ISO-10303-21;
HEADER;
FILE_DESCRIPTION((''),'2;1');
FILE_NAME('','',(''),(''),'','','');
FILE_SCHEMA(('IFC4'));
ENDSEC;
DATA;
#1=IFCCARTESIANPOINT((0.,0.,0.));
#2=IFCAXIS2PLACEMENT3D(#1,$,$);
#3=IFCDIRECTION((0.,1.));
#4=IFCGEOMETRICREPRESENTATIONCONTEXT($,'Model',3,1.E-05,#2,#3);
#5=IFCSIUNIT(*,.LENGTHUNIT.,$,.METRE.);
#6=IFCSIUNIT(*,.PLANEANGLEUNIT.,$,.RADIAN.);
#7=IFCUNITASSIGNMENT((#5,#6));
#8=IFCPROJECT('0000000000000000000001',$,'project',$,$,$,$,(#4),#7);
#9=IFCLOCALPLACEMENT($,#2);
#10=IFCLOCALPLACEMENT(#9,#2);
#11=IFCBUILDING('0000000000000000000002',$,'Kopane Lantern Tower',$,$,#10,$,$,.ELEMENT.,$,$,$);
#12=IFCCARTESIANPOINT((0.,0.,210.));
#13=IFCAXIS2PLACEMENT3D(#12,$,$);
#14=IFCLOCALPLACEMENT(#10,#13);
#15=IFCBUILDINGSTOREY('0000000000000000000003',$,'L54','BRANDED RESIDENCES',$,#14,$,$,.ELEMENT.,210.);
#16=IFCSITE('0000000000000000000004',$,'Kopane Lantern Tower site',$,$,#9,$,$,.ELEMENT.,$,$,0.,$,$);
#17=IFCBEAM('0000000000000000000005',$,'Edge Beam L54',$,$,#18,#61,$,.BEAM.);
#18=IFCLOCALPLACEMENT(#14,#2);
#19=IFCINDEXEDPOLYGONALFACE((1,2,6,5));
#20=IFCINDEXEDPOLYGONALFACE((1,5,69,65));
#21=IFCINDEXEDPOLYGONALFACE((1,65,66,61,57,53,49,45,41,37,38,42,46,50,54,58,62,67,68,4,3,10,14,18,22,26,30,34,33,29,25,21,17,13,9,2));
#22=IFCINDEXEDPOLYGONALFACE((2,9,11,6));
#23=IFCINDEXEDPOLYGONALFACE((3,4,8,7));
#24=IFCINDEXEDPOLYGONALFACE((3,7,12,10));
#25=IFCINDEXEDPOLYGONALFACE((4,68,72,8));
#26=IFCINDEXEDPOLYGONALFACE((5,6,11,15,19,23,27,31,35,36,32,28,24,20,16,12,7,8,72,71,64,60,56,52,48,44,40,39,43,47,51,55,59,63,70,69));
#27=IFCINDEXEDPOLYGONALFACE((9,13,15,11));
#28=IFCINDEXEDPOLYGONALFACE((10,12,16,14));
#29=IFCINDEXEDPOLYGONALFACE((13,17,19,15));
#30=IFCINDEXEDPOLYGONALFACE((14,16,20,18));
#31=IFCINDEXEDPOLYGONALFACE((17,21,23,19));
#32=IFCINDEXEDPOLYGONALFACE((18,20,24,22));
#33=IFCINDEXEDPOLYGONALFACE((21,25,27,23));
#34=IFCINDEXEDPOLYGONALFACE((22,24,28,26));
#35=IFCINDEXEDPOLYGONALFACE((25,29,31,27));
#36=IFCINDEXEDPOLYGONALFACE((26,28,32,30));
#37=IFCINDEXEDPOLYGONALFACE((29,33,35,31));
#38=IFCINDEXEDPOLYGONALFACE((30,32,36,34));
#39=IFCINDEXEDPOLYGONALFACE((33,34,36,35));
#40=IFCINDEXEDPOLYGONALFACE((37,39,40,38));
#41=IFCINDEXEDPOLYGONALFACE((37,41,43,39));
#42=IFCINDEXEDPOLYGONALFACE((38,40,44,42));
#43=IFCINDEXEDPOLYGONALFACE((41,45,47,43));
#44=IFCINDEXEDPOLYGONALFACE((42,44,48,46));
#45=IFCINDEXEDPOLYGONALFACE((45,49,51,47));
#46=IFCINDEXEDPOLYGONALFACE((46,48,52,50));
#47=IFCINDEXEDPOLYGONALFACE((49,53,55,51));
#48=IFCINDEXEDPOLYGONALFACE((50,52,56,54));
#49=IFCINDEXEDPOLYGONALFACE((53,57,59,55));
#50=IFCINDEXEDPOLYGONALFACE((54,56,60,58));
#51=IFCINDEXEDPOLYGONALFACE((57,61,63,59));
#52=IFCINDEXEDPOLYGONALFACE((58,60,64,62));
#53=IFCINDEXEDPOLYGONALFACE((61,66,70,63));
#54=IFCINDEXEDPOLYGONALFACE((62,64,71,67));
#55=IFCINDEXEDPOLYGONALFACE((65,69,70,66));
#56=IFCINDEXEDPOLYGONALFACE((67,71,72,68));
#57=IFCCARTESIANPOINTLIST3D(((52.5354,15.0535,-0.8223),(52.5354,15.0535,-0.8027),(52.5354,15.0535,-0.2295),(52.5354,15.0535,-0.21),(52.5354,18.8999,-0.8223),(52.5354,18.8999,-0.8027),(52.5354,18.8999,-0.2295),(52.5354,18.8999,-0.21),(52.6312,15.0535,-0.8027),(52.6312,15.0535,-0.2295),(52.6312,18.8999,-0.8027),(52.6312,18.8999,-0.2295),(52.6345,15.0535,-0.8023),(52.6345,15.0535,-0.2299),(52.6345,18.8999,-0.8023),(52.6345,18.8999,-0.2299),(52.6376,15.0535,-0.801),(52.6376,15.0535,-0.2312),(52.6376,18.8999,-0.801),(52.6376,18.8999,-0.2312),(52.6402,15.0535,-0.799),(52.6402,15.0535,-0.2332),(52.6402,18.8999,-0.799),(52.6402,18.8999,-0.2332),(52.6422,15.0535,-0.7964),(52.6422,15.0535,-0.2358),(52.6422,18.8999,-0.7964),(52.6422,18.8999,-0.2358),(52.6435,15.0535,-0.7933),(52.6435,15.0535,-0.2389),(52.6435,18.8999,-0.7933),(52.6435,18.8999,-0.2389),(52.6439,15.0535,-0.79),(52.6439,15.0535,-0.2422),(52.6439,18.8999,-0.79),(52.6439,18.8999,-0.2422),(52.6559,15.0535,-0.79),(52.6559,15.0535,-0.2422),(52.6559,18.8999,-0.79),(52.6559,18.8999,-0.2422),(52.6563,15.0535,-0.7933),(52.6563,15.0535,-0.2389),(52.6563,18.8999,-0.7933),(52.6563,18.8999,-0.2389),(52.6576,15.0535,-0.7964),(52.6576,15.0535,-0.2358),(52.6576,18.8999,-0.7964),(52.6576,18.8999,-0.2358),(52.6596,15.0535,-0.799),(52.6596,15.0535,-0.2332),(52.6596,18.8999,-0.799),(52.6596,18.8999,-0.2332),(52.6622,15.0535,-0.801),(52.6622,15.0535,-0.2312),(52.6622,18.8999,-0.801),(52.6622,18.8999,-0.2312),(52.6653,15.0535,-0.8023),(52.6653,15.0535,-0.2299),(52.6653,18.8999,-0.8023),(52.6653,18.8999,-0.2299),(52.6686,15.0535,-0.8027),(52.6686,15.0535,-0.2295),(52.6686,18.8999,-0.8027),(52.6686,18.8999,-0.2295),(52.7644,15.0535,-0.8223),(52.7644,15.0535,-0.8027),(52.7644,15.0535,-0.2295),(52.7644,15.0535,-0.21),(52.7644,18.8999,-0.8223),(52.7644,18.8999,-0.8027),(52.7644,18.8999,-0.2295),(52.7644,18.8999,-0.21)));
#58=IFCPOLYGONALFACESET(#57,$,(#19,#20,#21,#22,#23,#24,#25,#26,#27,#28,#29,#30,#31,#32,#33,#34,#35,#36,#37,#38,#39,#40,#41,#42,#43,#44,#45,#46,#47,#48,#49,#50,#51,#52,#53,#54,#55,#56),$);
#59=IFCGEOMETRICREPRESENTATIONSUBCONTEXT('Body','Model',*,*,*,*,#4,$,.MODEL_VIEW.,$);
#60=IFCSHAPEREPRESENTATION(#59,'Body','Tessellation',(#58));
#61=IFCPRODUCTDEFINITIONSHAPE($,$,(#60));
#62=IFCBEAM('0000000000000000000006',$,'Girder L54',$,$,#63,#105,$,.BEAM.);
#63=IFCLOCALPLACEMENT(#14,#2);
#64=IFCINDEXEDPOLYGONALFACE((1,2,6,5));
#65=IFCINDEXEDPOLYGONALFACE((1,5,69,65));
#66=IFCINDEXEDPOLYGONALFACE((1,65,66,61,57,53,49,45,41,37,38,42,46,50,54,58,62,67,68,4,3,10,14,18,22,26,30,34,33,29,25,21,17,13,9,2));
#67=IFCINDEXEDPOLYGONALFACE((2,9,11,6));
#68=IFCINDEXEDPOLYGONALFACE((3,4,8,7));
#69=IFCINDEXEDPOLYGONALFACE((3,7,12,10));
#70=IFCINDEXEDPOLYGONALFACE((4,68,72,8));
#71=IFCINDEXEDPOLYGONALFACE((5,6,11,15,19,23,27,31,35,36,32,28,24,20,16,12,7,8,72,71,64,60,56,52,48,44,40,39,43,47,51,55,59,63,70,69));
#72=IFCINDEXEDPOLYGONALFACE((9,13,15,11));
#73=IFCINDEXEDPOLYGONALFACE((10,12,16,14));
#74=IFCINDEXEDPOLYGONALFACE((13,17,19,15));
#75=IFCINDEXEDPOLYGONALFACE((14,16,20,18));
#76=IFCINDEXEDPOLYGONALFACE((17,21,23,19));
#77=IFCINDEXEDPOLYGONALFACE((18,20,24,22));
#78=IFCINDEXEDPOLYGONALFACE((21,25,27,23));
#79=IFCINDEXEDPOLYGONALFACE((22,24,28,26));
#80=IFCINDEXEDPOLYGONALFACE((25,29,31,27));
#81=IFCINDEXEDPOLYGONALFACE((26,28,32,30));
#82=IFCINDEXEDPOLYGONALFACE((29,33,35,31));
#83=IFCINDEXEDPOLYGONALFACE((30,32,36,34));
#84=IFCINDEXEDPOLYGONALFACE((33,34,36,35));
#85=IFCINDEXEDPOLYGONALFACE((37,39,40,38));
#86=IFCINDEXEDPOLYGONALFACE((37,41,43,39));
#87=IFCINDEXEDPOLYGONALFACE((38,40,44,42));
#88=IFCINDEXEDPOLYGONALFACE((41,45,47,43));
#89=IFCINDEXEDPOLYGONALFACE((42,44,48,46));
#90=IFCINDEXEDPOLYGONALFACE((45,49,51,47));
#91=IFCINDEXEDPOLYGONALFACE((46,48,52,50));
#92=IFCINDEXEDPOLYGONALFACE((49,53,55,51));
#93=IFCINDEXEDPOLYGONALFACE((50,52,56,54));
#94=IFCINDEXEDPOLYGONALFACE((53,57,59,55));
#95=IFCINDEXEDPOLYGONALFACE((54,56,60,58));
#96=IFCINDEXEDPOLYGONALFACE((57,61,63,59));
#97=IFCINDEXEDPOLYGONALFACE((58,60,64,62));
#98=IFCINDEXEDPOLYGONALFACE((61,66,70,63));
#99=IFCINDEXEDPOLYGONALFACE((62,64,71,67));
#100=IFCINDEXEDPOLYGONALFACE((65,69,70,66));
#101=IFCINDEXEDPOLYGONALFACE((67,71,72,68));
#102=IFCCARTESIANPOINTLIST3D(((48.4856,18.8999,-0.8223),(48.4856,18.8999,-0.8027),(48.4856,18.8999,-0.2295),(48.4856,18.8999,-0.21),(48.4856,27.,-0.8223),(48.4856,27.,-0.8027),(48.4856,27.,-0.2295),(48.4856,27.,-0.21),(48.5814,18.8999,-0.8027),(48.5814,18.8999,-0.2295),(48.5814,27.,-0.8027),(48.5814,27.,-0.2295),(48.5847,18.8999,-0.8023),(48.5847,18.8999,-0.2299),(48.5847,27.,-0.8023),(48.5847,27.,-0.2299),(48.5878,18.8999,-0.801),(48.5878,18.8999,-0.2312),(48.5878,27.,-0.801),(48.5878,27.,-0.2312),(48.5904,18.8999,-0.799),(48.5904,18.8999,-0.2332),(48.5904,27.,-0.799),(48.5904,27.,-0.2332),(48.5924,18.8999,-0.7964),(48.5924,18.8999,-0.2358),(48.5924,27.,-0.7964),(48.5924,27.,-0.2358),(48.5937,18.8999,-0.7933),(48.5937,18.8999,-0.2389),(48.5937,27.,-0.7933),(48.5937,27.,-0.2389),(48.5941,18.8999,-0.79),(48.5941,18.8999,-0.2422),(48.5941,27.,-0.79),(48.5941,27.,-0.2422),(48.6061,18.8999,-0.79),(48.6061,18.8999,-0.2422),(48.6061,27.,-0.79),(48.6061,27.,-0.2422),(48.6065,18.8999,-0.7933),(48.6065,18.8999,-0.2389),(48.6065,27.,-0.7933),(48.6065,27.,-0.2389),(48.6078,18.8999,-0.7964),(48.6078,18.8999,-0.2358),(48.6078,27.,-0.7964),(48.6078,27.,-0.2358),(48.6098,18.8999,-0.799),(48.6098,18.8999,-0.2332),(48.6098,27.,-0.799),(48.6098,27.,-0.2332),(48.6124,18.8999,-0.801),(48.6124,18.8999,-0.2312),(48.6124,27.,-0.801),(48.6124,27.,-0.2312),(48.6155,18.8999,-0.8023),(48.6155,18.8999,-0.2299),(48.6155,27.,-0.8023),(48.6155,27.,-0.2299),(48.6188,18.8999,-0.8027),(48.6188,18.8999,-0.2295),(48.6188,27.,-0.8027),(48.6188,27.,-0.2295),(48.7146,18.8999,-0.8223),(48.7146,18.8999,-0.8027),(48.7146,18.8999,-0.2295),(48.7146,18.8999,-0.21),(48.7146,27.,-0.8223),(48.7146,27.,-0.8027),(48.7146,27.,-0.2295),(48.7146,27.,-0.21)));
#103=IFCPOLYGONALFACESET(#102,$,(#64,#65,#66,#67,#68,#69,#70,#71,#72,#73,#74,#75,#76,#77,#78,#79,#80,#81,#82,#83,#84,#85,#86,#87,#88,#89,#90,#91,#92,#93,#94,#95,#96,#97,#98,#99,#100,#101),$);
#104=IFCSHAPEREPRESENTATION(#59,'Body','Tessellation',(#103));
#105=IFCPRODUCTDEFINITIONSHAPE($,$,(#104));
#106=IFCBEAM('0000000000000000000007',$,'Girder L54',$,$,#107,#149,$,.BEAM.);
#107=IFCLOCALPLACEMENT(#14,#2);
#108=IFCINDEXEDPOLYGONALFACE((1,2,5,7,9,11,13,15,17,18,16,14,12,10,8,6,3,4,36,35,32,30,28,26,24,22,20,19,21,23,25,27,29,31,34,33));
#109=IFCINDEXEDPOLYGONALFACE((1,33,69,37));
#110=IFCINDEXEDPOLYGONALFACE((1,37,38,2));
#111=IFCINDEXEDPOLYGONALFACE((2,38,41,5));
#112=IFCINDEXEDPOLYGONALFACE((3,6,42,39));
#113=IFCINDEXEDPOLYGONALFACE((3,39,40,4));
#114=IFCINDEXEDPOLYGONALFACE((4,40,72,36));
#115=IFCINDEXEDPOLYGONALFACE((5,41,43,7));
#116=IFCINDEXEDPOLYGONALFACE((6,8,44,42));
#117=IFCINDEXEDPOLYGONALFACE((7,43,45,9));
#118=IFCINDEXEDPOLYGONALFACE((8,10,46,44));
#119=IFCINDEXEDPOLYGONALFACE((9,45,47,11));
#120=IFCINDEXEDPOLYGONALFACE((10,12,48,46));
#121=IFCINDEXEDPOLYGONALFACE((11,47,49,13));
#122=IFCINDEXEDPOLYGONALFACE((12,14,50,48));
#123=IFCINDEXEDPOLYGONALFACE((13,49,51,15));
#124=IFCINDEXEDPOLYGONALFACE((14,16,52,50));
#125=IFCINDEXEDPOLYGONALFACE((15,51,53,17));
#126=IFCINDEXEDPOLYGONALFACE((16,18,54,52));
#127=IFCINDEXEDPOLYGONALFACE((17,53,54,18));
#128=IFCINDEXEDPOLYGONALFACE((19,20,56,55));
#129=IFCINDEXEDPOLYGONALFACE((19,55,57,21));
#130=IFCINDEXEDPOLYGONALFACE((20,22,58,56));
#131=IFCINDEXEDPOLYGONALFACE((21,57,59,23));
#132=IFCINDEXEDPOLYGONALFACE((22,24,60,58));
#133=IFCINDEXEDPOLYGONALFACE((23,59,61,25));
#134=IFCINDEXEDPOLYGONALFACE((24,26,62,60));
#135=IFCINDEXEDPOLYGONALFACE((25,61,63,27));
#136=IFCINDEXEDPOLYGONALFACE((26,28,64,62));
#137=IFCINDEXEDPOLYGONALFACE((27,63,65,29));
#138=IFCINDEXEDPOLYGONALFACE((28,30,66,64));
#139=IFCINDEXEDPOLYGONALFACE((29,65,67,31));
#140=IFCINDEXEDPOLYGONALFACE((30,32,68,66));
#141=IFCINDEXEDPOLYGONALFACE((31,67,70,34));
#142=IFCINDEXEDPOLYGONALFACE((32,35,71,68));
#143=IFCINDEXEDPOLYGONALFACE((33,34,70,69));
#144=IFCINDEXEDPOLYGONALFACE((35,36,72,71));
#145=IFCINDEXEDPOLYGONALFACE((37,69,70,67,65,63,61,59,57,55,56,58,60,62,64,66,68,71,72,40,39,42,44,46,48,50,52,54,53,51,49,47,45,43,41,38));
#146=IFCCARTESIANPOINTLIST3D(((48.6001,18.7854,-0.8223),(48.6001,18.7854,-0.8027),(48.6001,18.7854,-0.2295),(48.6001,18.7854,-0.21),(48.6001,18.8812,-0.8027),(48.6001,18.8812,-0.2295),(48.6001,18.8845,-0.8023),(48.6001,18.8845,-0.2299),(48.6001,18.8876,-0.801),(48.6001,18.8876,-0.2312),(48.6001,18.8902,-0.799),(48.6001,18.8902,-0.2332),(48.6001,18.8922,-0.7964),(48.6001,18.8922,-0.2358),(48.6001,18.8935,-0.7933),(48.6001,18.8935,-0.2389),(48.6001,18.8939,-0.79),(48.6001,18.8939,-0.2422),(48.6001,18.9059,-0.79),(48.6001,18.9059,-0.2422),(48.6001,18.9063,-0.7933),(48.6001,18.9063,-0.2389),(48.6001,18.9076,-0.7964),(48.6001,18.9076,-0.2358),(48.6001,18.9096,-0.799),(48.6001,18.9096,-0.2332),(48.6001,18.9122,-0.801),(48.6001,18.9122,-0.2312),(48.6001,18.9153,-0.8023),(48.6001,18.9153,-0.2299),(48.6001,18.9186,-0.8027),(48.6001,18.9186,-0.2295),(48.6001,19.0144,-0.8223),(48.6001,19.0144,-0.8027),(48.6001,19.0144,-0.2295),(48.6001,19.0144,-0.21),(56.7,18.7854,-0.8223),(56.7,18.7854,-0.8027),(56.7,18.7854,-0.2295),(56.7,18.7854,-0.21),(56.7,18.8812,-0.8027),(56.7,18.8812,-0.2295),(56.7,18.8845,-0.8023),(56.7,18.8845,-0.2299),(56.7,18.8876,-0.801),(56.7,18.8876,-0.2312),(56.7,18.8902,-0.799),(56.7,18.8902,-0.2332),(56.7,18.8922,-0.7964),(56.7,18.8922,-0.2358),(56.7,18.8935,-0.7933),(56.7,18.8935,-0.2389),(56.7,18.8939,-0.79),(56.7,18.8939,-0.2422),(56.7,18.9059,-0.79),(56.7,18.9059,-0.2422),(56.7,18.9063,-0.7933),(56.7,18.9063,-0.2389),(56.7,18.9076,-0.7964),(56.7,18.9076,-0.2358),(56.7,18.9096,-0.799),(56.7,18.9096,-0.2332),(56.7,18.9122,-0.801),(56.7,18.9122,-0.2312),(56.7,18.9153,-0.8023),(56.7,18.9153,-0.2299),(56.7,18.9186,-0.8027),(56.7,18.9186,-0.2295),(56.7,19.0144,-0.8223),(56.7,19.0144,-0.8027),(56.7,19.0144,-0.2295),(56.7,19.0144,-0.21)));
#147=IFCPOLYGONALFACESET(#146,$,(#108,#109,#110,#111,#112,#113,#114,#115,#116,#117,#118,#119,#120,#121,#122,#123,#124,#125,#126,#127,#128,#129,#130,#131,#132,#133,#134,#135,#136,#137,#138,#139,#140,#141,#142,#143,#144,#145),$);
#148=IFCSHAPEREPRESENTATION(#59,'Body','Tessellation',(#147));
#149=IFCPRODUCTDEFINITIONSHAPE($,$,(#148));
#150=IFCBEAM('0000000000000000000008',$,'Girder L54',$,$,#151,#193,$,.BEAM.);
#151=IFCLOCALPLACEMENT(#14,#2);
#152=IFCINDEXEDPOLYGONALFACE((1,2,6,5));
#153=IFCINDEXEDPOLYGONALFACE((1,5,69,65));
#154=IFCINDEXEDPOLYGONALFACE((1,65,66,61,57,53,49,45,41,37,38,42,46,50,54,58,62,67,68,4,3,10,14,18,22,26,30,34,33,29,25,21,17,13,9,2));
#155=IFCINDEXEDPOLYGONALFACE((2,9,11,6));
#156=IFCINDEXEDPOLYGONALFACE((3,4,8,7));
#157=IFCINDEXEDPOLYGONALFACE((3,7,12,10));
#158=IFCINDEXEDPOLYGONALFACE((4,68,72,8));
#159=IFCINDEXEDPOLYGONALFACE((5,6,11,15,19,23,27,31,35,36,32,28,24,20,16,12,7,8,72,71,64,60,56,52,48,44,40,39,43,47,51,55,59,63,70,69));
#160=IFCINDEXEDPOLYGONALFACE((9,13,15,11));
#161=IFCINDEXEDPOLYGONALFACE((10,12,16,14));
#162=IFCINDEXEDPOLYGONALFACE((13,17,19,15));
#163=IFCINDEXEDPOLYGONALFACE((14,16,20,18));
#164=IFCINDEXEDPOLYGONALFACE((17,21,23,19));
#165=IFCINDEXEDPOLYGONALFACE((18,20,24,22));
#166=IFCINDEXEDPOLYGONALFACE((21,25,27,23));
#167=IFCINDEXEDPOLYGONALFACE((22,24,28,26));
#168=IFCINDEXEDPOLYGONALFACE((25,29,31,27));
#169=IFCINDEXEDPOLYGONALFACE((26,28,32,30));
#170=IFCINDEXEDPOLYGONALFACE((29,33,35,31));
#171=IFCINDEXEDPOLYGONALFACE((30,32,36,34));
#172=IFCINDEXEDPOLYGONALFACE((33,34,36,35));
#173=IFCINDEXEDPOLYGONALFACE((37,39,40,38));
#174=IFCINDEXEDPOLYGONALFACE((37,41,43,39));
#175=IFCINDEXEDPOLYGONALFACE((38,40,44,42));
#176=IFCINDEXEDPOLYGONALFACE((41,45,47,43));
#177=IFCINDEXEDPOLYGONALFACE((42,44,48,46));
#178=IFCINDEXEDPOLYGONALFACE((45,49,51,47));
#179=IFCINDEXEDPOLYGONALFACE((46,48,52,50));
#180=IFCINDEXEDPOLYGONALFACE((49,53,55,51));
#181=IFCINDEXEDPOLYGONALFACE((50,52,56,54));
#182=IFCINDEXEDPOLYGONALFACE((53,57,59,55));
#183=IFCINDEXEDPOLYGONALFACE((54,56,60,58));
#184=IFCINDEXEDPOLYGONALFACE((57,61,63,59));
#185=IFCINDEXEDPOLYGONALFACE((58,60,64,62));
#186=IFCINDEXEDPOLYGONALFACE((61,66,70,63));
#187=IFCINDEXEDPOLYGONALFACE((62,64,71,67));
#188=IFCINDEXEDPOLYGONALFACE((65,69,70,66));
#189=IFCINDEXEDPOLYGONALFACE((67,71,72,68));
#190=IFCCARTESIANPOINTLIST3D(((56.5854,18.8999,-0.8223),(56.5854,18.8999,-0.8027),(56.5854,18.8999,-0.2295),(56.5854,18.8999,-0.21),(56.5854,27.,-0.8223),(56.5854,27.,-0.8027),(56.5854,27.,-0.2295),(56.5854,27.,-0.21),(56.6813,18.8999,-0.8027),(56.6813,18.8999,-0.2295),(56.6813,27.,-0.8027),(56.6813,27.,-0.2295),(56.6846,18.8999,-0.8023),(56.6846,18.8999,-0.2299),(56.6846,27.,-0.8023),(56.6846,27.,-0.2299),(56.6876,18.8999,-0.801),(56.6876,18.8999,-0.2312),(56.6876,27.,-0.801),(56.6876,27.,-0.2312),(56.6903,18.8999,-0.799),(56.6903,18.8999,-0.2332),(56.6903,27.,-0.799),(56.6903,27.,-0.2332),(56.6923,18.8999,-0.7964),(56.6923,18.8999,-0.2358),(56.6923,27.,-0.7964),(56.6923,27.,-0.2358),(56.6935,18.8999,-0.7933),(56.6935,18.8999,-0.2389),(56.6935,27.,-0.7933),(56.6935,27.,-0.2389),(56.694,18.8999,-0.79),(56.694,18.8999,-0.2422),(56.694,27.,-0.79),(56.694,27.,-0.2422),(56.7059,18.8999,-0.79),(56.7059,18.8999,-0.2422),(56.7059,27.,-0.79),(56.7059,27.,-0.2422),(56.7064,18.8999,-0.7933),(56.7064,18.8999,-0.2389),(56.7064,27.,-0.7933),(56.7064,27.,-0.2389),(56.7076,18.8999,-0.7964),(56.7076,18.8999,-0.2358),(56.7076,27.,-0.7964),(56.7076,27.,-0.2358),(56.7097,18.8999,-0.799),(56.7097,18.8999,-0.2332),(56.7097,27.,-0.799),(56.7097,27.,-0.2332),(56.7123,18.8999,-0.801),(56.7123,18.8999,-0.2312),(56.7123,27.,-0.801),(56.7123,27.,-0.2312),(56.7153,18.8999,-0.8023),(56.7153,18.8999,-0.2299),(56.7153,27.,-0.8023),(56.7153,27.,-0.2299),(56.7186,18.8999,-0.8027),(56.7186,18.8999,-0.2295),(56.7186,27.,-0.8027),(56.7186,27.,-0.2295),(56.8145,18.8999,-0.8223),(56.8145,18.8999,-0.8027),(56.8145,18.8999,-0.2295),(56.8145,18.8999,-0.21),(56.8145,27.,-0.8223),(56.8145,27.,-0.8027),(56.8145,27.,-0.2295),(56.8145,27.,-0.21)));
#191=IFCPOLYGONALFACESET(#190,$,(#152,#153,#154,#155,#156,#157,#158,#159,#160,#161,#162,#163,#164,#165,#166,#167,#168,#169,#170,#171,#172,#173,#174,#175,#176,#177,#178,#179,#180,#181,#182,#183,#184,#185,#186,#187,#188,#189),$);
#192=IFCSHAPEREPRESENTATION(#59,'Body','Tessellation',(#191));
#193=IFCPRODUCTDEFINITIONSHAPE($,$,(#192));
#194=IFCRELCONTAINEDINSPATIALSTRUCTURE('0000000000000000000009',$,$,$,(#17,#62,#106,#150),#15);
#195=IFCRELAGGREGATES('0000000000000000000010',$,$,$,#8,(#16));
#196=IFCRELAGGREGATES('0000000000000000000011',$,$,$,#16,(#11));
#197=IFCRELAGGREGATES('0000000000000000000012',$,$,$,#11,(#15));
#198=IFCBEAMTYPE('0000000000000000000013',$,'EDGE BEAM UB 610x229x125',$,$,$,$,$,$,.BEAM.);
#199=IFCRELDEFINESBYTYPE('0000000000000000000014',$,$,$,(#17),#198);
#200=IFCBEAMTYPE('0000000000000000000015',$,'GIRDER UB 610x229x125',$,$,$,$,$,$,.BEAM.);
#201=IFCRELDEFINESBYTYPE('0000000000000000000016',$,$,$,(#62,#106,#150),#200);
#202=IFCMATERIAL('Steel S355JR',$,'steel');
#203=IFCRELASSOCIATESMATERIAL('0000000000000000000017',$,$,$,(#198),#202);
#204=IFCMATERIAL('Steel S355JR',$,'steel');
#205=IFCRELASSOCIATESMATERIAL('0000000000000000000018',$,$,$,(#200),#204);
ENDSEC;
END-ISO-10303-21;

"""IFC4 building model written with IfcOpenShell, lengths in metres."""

from ifc_helpers import new_model, si_unit, direction, frame, origin, origin_2d, place, context, subcontext, project, spatial, i_section, extrude, material, material_profile, profile_set, type_object, element, save


model = new_model("IFC4")

# Units and contexts
model_context = context("Model", 3, precision=1e-05, world=origin(), true_north=direction((0.0, 1.0)))
body_context = subcontext(model_context, "Body", "Model", "MODEL_VIEW")
ifc_project = project(units=[si_unit("LENGTHUNIT", "METRE"), si_unit("PLANEANGLEUNIT", "RADIAN")], contexts=[model_context])

# Site, building, storey
site_placement = place(None, origin())
site = spatial("IfcSite", under=ifc_project, at=site_placement, Name="Kopane Lantern Tower site", CompositionType="ELEMENT", RefElevation=0.0)
building_placement = place(site_placement, origin())
building = spatial("IfcBuilding", under=site, at=building_placement, Name="Kopane Lantern Tower", CompositionType="ELEMENT")
storey_placement = place(building_placement, frame((0.0, 0.0, 210.0)))
storey = spatial("IfcBuildingStorey", under=building, at=storey_placement, Name="L54", Description="BRANDED RESIDENCES", CompositionType="ELEMENT", Elevation=210.0)

# Beams
ifc_material_1 = material(Name="Steel S355JR", Category="steel")
ifc_material_profile_1 = material_profile(ifc_material_1, i_section(OverallWidth=0.229, OverallDepth=0.6123, WebThickness=0.012, FlangeThickness=0.0195, FilletRadius=0.0127, at=origin_2d()), Name="UB 610x229x125")
ifc_profile_set_1 = profile_set([ifc_material_profile_1], Name="Steel S355JR")
beam_type_1 = type_object("IfcBeamType", Name="EDGE BEAM UB 610x229x125", PredefinedType="BEAM", material=ifc_profile_set_1)
for number, where, z_axis, x_axis, name in (
    (1, (52.6499, 15.0535, -0.5161), (0.0, 1.0, 0.0), (-1.0, 0.0, 0.0), "Edge Beam L54"),
):
    element("IfcBeam", number, at=place(storey_placement, frame(where, z_axis=z_axis, x_axis=x_axis)), inside=storey, type_object=beam_type_1, Name=name, PredefinedType="BEAM", context=body_context, shape_type="SweptSolid", body=[
        extrude(i_section(OverallWidth=0.229, OverallDepth=0.6123, WebThickness=0.012, FlangeThickness=0.0195, FilletRadius=0.0127, at=origin_2d()), origin(), (0.0, 0.0, 1.0), 3.8464),
    ])
ifc_material_2 = material(Name="Steel S355JR", Category="steel")
ifc_material_profile_2 = material_profile(ifc_material_2, i_section(OverallWidth=0.229, OverallDepth=0.6123, WebThickness=0.012, FlangeThickness=0.0195, FilletRadius=0.0127, at=origin_2d()), Name="UB 610x229x125")
ifc_profile_set_2 = profile_set([ifc_material_profile_2], Name="Steel S355JR")
beam_type_2 = type_object("IfcBeamType", Name="GIRDER UB 610x229x125", PredefinedType="BEAM", material=ifc_profile_set_2)
beam_1_placement = place(storey_placement, frame((48.6001, 18.8999, -0.5161), z_axis=(0.0, 1.0, 0.0), x_axis=(-1.0, 0.0, 0.0)))
element("IfcBeam", 2, at=beam_1_placement, inside=storey, type_object=beam_type_2, Name="Girder L54", PredefinedType="BEAM", context=body_context, shape_type="SweptSolid", body=[
    extrude(i_section(OverallWidth=0.229, OverallDepth=0.6123, WebThickness=0.012, FlangeThickness=0.0195, FilletRadius=0.0127, at=origin_2d()), origin(), (0.0, 0.0, 1.0), 8.1001),
])
beam_2_placement = place(storey_placement, frame((48.6001, 18.8999, -0.5161), z_axis=(1.0, 0.0, 0.0), x_axis=(0.0, 1.0, 0.0)))
element("IfcBeam", 3, at=beam_2_placement, inside=storey, type_object=beam_type_2, Name="Girder L54", PredefinedType="BEAM", context=body_context, shape_type="SweptSolid", body=[
    extrude(i_section(OverallWidth=0.229, OverallDepth=0.6123, WebThickness=0.012, FlangeThickness=0.0195, FilletRadius=0.0127, at=origin_2d()), origin(), (0.0, 0.0, 1.0), 8.0999),
])
beam_3_placement = place(storey_placement, frame((56.7, 18.8999, -0.5161), z_axis=(0.0, 1.0, 0.0), x_axis=(-1.0, 0.0, 0.0)))
element("IfcBeam", 4, at=beam_3_placement, inside=storey, type_object=beam_type_2, Name="Girder L54", PredefinedType="BEAM", context=body_context, shape_type="SweptSolid", body=[
    extrude(i_section(OverallWidth=0.229, OverallDepth=0.6123, WebThickness=0.012, FlangeThickness=0.0195, FilletRadius=0.0127, at=origin_2d()), origin(), (0.0, 0.0, 1.0), 8.1001),
])

save(model, "model.ifc")
